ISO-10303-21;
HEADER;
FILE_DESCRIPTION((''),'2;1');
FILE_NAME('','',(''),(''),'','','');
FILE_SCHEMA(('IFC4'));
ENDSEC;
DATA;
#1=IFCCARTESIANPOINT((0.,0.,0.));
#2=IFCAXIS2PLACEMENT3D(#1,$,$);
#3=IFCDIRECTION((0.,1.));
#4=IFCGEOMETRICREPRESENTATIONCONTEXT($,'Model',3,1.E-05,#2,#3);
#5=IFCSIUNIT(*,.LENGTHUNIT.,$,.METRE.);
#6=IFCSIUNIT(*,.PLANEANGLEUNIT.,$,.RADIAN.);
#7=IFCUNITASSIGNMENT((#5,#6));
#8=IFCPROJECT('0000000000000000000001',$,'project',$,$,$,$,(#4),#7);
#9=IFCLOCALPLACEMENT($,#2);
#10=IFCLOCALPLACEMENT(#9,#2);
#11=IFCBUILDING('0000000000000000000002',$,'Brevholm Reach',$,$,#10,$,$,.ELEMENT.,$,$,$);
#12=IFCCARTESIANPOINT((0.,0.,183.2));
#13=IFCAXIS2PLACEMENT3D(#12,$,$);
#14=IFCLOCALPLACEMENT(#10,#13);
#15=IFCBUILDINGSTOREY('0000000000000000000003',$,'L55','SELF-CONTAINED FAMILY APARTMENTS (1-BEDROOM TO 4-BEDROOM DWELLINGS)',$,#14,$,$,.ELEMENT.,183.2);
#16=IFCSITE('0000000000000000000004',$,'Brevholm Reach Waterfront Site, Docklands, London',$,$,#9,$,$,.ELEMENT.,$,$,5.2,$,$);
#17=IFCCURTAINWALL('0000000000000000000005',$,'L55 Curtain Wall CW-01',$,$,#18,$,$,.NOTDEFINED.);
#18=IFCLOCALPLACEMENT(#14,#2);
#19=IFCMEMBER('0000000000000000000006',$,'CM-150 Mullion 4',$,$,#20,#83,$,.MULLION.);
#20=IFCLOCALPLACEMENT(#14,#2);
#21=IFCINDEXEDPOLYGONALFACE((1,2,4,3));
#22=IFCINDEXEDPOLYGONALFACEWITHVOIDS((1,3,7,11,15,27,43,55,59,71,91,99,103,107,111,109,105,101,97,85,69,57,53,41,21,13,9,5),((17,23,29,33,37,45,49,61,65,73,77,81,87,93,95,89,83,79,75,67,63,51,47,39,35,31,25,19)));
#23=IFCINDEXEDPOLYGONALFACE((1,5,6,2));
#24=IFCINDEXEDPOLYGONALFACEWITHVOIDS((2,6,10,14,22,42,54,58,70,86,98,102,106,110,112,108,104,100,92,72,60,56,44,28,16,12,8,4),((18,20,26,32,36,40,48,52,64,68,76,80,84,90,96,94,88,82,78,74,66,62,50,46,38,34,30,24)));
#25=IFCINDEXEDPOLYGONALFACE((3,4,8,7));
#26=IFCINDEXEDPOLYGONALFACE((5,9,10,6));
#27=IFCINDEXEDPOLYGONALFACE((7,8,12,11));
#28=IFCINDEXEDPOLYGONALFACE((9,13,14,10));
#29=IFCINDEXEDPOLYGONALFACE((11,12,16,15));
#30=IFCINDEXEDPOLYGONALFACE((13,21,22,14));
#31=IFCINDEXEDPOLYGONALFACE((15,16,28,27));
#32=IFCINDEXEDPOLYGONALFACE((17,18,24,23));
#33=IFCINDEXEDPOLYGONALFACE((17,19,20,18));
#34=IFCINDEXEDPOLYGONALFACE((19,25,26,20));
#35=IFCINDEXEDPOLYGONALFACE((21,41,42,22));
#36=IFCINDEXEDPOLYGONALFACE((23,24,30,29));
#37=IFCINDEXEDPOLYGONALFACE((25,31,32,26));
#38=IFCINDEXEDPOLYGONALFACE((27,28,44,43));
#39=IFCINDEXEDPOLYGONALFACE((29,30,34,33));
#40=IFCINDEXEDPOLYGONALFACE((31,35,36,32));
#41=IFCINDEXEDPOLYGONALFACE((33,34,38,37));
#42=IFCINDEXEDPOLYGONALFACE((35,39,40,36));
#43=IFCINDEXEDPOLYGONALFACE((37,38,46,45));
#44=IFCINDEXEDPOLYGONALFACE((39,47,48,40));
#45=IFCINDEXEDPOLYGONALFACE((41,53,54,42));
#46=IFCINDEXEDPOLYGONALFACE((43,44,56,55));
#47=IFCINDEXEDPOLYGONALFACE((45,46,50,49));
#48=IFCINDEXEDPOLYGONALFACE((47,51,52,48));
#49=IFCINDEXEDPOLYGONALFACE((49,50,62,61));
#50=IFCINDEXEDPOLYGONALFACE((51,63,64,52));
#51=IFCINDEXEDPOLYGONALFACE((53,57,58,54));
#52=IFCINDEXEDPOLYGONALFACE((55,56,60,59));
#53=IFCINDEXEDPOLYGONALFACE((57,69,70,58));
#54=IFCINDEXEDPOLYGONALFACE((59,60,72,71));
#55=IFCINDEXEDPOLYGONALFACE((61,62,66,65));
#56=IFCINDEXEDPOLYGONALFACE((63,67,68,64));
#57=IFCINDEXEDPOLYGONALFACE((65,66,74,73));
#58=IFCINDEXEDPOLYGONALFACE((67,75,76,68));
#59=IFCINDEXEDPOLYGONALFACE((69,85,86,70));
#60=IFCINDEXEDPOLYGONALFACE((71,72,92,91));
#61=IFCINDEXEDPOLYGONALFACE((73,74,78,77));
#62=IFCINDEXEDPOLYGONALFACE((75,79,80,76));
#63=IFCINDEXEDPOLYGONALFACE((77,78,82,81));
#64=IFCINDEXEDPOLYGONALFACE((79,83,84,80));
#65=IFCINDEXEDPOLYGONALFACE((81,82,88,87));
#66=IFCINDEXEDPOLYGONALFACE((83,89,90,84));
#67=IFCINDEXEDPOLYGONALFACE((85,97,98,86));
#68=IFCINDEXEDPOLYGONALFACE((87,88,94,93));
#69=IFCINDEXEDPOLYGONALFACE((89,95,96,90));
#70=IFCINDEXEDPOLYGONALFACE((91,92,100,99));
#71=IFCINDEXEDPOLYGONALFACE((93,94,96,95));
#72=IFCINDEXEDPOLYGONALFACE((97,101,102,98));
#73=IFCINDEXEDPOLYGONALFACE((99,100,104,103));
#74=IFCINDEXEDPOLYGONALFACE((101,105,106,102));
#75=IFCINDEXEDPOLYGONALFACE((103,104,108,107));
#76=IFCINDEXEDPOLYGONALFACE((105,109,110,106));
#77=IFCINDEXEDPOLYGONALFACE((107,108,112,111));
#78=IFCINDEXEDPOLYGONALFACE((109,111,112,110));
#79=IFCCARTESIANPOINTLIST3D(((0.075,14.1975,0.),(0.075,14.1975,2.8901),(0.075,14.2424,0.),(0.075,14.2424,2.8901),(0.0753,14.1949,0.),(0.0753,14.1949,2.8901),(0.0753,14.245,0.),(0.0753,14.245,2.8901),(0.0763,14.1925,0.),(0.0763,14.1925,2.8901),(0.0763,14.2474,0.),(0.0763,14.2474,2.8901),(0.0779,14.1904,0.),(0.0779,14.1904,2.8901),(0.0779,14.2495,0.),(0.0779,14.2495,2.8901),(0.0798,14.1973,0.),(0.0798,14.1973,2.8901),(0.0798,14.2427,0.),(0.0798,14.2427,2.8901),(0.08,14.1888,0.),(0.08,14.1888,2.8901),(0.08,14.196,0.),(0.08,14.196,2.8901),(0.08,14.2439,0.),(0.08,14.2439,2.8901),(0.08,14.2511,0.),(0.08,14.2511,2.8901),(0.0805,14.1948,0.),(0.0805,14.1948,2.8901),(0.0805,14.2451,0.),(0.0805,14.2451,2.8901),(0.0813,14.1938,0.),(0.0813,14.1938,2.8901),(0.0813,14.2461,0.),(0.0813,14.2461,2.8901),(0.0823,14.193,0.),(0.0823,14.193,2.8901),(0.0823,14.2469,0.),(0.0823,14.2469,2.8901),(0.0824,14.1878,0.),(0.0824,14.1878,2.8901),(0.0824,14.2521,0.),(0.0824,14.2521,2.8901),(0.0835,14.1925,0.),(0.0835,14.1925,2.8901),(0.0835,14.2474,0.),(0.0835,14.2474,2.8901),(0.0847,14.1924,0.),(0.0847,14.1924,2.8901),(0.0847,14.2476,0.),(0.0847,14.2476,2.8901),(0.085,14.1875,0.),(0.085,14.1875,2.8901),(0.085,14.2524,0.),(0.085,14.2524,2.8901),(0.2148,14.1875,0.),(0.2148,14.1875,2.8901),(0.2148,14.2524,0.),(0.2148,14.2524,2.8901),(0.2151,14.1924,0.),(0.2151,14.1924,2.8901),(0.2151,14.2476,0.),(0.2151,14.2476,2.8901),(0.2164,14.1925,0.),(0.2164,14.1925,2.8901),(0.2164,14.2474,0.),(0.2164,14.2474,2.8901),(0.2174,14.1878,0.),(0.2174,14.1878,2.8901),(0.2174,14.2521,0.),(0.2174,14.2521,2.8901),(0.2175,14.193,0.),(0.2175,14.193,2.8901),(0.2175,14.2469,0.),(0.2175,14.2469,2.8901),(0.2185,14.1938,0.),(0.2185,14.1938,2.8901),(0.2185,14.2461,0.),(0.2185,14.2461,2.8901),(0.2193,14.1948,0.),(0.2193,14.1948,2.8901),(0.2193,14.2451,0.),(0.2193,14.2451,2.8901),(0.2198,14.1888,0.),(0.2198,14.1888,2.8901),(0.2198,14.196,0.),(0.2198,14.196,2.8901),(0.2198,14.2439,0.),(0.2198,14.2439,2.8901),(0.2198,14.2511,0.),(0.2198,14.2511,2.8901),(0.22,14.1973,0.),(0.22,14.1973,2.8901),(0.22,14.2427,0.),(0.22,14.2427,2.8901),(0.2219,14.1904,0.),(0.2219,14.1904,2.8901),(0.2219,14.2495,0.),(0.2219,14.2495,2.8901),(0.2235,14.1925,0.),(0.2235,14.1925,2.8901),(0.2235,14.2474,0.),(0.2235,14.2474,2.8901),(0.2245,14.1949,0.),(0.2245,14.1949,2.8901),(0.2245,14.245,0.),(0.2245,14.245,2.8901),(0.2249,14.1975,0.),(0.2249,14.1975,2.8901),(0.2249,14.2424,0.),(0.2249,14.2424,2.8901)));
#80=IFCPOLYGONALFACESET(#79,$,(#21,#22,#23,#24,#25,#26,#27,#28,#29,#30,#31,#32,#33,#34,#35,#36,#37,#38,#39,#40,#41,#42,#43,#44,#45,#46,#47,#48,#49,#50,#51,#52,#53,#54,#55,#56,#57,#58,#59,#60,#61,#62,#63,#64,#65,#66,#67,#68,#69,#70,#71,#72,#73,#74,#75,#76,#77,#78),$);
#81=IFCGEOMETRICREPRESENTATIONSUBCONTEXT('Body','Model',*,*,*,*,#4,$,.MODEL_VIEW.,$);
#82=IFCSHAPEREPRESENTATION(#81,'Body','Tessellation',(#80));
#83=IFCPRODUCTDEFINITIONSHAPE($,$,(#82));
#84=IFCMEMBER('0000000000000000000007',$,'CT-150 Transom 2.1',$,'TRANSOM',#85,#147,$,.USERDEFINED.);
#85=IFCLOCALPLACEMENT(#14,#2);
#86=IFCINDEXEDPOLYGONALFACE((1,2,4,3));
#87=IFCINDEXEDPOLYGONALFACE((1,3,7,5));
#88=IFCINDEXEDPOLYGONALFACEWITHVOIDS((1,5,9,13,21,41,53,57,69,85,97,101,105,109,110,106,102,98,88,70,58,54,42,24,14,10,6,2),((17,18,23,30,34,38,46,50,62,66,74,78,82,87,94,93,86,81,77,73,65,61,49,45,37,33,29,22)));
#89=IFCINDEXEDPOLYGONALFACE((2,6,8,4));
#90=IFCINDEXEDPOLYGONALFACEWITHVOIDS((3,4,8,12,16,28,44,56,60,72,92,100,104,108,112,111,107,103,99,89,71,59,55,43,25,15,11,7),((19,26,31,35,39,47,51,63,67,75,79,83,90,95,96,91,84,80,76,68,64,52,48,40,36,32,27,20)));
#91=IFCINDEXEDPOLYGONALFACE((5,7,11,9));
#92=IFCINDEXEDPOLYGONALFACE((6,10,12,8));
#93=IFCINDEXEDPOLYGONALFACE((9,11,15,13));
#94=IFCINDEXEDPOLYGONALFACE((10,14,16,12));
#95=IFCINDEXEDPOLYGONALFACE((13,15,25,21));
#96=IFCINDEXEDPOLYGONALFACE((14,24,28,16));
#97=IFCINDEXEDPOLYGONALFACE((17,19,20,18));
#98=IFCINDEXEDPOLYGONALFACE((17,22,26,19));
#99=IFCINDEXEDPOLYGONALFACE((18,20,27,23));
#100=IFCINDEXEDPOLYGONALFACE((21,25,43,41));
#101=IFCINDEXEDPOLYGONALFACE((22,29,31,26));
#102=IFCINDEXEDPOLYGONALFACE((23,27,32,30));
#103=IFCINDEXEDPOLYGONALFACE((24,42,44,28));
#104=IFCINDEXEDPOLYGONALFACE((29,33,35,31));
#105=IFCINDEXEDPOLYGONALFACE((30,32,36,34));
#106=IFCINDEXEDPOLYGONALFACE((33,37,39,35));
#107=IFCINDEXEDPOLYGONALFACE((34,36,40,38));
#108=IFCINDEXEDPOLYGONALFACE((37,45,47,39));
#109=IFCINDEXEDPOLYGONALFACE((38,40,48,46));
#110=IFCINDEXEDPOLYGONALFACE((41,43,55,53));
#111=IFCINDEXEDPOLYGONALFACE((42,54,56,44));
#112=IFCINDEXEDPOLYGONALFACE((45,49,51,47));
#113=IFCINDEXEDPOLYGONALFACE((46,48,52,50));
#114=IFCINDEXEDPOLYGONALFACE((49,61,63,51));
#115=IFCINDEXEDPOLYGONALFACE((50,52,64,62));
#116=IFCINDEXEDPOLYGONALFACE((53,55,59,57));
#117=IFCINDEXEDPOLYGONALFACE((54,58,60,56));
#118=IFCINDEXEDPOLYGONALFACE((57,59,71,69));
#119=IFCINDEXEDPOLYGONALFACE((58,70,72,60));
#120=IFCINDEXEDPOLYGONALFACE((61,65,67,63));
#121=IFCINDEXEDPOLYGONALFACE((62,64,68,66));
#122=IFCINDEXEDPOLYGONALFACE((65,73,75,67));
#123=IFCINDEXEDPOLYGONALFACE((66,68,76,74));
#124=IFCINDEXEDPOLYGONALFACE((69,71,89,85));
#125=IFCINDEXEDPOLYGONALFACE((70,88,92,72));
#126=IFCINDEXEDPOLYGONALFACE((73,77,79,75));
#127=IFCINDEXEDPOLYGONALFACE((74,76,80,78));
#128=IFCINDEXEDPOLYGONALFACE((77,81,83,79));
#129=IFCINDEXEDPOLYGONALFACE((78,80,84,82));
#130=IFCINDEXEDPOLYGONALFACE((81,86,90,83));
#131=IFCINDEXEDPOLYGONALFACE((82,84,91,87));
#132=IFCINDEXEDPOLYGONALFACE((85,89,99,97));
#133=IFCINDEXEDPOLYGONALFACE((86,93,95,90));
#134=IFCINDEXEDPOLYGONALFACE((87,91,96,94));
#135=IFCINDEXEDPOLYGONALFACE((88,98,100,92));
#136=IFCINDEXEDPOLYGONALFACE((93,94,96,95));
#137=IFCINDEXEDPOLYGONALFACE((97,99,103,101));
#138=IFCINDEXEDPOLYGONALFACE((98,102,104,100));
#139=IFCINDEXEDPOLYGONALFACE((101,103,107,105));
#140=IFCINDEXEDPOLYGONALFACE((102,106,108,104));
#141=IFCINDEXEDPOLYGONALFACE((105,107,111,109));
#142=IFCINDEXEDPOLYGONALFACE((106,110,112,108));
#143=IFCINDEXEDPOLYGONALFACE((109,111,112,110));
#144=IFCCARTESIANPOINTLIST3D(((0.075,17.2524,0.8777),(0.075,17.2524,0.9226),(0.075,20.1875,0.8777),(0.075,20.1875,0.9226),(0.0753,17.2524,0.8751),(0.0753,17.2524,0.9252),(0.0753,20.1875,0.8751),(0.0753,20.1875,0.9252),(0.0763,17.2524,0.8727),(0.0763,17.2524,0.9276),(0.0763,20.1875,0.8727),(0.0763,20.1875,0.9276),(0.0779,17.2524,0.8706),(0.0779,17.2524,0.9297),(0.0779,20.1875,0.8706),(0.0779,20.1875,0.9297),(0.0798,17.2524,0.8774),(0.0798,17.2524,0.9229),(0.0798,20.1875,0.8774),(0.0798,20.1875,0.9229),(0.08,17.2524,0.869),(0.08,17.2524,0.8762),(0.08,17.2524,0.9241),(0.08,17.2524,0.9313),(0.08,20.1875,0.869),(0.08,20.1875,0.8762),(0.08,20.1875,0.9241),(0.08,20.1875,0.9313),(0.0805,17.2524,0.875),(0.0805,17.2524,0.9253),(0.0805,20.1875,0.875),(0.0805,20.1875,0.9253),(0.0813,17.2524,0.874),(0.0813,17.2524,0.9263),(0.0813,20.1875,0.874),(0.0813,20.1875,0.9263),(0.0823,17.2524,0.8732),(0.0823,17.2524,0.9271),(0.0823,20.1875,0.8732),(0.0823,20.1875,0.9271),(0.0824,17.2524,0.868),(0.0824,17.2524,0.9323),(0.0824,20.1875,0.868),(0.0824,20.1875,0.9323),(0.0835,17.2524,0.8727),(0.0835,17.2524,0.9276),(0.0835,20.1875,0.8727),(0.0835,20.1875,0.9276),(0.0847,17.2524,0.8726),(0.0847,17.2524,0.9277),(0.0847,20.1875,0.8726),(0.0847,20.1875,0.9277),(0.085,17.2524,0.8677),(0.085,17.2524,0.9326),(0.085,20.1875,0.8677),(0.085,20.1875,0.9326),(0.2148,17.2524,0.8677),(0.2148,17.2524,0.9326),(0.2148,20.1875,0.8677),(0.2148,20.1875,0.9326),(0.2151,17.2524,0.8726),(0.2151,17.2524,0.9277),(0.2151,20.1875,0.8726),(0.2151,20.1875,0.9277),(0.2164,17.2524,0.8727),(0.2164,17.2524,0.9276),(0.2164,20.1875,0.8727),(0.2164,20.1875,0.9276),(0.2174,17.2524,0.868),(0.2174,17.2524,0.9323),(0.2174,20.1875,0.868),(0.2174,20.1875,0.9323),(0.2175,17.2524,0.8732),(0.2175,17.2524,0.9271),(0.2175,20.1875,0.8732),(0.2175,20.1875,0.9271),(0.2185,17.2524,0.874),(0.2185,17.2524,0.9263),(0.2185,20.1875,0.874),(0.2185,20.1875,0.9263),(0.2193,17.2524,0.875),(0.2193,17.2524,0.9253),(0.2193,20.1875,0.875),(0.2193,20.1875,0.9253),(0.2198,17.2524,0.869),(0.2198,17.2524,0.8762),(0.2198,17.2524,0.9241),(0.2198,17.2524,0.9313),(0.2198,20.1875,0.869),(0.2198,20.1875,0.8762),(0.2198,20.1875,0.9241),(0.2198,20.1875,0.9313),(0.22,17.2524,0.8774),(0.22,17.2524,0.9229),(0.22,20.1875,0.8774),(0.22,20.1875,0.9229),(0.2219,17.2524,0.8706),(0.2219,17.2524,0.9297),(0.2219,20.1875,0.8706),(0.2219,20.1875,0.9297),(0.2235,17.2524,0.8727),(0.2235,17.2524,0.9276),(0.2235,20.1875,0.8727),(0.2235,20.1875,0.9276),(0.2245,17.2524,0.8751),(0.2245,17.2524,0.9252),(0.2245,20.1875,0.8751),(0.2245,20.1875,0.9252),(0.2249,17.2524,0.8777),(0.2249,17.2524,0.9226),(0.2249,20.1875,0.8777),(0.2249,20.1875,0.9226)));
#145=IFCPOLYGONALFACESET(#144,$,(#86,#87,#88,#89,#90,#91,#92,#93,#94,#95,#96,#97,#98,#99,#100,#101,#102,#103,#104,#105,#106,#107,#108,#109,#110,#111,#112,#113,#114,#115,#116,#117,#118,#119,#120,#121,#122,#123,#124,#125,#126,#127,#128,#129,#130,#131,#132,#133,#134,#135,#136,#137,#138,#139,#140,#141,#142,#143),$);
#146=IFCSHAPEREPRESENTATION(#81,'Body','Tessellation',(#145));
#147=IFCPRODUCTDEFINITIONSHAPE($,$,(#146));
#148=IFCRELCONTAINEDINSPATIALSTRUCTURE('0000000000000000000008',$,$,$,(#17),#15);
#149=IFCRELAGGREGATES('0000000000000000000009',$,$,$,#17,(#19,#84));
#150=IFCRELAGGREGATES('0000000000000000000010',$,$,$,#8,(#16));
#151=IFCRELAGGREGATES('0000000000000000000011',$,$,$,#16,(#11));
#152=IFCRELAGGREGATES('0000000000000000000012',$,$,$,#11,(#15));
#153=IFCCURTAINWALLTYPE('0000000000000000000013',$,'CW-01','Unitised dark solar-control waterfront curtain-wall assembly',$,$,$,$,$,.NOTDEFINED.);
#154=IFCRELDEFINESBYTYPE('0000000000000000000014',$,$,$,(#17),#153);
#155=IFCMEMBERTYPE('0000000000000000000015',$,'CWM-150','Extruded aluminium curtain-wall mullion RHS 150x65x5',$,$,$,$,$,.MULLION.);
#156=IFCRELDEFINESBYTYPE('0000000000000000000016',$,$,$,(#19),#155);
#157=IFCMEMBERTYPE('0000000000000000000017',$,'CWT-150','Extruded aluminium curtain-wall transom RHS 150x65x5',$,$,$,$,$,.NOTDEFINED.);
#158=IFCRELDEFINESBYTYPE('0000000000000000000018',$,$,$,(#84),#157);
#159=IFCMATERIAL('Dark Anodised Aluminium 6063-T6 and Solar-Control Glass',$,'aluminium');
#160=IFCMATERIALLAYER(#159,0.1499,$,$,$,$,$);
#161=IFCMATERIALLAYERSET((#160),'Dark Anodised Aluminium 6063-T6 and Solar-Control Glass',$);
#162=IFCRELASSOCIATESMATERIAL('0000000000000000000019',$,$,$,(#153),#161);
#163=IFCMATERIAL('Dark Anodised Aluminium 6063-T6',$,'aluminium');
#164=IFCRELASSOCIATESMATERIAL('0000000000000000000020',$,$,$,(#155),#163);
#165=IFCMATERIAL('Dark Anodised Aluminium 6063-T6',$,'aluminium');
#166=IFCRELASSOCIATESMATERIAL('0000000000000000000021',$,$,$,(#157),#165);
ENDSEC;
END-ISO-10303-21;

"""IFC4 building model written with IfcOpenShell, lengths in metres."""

from ifc_helpers import new_model, si_unit, direction, frame, origin, origin_2d, place, context, subcontext, project, spatial, hollow_rectangle, extrude, material, layer, layer_set, material_profile, profile_set, type_object, element, aggregate, save


model = new_model("IFC4")

# Units and contexts
model_context = context("Model", 3, precision=1e-05, world=origin(), true_north=direction((0.0, 1.0)))
body_context = subcontext(model_context, "Body", "Model", "MODEL_VIEW")
ifc_project = project(units=[si_unit("LENGTHUNIT", "METRE"), si_unit("PLANEANGLEUNIT", "RADIAN")], contexts=[model_context])

# Site, building, storey
site_placement = place(None, origin())
site = spatial("IfcSite", under=ifc_project, at=site_placement, Name="Brevholm Reach Waterfront Site, Docklands, London", CompositionType="ELEMENT", RefElevation=5.2)
building_placement = place(site_placement, origin())
building = spatial("IfcBuilding", under=site, at=building_placement, Name="Brevholm Reach", CompositionType="ELEMENT")
storey_placement = place(building_placement, frame((0.0, 0.0, 183.2)))
storey = spatial("IfcBuildingStorey", under=building, at=storey_placement, Name="L55", Description="SELF-CONTAINED FAMILY APARTMENTS (1-BEDROOM TO 4-BEDROOM DWELLINGS)", CompositionType="ELEMENT", Elevation=183.2)

# Curtain wall, members
ifc_material_1 = material(Name="Dark Anodised Aluminium 6063-T6 and Solar-Control Glass", Category="aluminium")
ifc_layer_1 = layer(ifc_material_1, 0.1499)
ifc_layer_set_1 = layer_set([ifc_layer_1], Name="Dark Anodised Aluminium 6063-T6 and Solar-Control Glass")
curtain_wall_type = type_object("IfcCurtainWallType", Name="CW-01", Description="Unitised dark solar-control waterfront curtain-wall assembly", PredefinedType="NOTDEFINED", material=ifc_layer_set_1)
curtain_wall_placement = place(storey_placement, origin())
curtain_wall = element("IfcCurtainWall", 1, at=curtain_wall_placement, inside=storey, type_object=curtain_wall_type, Name="L55 Curtain Wall CW-01", PredefinedType="NOTDEFINED")
ifc_material_2 = material(Name="Dark Anodised Aluminium 6063-T6", Category="aluminium")
ifc_material_profile_1 = material_profile(ifc_material_2, hollow_rectangle(XDim=0.0649, YDim=0.1499, WallThickness=0.0049, InnerFilletRadius=0.0049, OuterFilletRadius=0.01, at=origin_2d()), Name="RHS 150x65x5")
ifc_profile_set_1 = profile_set([ifc_material_profile_1], Name="Dark Anodised Aluminium 6063-T6")
member_type_1 = type_object("IfcMemberType", Name="CWM-150", Description="Extruded aluminium curtain-wall mullion RHS 150x65x5", PredefinedType="MULLION", material=ifc_profile_set_1)
member_1_placement = place(storey_placement, frame((0.1499, 14.22, 0.0), z_axis=(0.0, 0.0, 1.0), x_axis=(0.0, -1.0, 0.0)))
member_1 = element("IfcMember", 2, at=member_1_placement, type_object=member_type_1, Name="CM-150 Mullion 4", PredefinedType="MULLION", context=body_context, shape_type="SweptSolid", body=[
    extrude(hollow_rectangle(XDim=0.0649, YDim=0.1499, WallThickness=0.0049, InnerFilletRadius=0.0049, OuterFilletRadius=0.01, at=origin_2d()), origin(), (0.0, 0.0, 1.0), 2.8901),
])
ifc_material_3 = material(Name="Dark Anodised Aluminium 6063-T6", Category="aluminium")
ifc_material_profile_2 = material_profile(ifc_material_3, hollow_rectangle(XDim=0.0649, YDim=0.1499, WallThickness=0.0049, InnerFilletRadius=0.0049, OuterFilletRadius=0.01, at=origin_2d()), Name="RHS 150x65x5")
ifc_profile_set_2 = profile_set([ifc_material_profile_2], Name="Dark Anodised Aluminium 6063-T6")
member_type_2 = type_object("IfcMemberType", Name="CWT-150", Description="Extruded aluminium curtain-wall transom RHS 150x65x5", PredefinedType="NOTDEFINED", material=ifc_profile_set_2)
member_2_placement = place(storey_placement, frame((0.1499, 20.1875, 0.9001), z_axis=(0.0, -1.0, 0.0), x_axis=(0.0, 0.0, 1.0)))
member_2 = element("IfcMember", 3, at=member_2_placement, type_object=member_type_2, Name="CT-150 Transom 2.1", ObjectType="TRANSOM", PredefinedType="USERDEFINED", context=body_context, shape_type="SweptSolid", body=[
    extrude(hollow_rectangle(XDim=0.0649, YDim=0.1499, WallThickness=0.0049, InnerFilletRadius=0.0049, OuterFilletRadius=0.01, at=origin_2d()), origin(), (0.0, 0.0, 1.0), 2.9351),
])
aggregate(curtain_wall, [member_1, member_2])

save(model, "model.ifc")
